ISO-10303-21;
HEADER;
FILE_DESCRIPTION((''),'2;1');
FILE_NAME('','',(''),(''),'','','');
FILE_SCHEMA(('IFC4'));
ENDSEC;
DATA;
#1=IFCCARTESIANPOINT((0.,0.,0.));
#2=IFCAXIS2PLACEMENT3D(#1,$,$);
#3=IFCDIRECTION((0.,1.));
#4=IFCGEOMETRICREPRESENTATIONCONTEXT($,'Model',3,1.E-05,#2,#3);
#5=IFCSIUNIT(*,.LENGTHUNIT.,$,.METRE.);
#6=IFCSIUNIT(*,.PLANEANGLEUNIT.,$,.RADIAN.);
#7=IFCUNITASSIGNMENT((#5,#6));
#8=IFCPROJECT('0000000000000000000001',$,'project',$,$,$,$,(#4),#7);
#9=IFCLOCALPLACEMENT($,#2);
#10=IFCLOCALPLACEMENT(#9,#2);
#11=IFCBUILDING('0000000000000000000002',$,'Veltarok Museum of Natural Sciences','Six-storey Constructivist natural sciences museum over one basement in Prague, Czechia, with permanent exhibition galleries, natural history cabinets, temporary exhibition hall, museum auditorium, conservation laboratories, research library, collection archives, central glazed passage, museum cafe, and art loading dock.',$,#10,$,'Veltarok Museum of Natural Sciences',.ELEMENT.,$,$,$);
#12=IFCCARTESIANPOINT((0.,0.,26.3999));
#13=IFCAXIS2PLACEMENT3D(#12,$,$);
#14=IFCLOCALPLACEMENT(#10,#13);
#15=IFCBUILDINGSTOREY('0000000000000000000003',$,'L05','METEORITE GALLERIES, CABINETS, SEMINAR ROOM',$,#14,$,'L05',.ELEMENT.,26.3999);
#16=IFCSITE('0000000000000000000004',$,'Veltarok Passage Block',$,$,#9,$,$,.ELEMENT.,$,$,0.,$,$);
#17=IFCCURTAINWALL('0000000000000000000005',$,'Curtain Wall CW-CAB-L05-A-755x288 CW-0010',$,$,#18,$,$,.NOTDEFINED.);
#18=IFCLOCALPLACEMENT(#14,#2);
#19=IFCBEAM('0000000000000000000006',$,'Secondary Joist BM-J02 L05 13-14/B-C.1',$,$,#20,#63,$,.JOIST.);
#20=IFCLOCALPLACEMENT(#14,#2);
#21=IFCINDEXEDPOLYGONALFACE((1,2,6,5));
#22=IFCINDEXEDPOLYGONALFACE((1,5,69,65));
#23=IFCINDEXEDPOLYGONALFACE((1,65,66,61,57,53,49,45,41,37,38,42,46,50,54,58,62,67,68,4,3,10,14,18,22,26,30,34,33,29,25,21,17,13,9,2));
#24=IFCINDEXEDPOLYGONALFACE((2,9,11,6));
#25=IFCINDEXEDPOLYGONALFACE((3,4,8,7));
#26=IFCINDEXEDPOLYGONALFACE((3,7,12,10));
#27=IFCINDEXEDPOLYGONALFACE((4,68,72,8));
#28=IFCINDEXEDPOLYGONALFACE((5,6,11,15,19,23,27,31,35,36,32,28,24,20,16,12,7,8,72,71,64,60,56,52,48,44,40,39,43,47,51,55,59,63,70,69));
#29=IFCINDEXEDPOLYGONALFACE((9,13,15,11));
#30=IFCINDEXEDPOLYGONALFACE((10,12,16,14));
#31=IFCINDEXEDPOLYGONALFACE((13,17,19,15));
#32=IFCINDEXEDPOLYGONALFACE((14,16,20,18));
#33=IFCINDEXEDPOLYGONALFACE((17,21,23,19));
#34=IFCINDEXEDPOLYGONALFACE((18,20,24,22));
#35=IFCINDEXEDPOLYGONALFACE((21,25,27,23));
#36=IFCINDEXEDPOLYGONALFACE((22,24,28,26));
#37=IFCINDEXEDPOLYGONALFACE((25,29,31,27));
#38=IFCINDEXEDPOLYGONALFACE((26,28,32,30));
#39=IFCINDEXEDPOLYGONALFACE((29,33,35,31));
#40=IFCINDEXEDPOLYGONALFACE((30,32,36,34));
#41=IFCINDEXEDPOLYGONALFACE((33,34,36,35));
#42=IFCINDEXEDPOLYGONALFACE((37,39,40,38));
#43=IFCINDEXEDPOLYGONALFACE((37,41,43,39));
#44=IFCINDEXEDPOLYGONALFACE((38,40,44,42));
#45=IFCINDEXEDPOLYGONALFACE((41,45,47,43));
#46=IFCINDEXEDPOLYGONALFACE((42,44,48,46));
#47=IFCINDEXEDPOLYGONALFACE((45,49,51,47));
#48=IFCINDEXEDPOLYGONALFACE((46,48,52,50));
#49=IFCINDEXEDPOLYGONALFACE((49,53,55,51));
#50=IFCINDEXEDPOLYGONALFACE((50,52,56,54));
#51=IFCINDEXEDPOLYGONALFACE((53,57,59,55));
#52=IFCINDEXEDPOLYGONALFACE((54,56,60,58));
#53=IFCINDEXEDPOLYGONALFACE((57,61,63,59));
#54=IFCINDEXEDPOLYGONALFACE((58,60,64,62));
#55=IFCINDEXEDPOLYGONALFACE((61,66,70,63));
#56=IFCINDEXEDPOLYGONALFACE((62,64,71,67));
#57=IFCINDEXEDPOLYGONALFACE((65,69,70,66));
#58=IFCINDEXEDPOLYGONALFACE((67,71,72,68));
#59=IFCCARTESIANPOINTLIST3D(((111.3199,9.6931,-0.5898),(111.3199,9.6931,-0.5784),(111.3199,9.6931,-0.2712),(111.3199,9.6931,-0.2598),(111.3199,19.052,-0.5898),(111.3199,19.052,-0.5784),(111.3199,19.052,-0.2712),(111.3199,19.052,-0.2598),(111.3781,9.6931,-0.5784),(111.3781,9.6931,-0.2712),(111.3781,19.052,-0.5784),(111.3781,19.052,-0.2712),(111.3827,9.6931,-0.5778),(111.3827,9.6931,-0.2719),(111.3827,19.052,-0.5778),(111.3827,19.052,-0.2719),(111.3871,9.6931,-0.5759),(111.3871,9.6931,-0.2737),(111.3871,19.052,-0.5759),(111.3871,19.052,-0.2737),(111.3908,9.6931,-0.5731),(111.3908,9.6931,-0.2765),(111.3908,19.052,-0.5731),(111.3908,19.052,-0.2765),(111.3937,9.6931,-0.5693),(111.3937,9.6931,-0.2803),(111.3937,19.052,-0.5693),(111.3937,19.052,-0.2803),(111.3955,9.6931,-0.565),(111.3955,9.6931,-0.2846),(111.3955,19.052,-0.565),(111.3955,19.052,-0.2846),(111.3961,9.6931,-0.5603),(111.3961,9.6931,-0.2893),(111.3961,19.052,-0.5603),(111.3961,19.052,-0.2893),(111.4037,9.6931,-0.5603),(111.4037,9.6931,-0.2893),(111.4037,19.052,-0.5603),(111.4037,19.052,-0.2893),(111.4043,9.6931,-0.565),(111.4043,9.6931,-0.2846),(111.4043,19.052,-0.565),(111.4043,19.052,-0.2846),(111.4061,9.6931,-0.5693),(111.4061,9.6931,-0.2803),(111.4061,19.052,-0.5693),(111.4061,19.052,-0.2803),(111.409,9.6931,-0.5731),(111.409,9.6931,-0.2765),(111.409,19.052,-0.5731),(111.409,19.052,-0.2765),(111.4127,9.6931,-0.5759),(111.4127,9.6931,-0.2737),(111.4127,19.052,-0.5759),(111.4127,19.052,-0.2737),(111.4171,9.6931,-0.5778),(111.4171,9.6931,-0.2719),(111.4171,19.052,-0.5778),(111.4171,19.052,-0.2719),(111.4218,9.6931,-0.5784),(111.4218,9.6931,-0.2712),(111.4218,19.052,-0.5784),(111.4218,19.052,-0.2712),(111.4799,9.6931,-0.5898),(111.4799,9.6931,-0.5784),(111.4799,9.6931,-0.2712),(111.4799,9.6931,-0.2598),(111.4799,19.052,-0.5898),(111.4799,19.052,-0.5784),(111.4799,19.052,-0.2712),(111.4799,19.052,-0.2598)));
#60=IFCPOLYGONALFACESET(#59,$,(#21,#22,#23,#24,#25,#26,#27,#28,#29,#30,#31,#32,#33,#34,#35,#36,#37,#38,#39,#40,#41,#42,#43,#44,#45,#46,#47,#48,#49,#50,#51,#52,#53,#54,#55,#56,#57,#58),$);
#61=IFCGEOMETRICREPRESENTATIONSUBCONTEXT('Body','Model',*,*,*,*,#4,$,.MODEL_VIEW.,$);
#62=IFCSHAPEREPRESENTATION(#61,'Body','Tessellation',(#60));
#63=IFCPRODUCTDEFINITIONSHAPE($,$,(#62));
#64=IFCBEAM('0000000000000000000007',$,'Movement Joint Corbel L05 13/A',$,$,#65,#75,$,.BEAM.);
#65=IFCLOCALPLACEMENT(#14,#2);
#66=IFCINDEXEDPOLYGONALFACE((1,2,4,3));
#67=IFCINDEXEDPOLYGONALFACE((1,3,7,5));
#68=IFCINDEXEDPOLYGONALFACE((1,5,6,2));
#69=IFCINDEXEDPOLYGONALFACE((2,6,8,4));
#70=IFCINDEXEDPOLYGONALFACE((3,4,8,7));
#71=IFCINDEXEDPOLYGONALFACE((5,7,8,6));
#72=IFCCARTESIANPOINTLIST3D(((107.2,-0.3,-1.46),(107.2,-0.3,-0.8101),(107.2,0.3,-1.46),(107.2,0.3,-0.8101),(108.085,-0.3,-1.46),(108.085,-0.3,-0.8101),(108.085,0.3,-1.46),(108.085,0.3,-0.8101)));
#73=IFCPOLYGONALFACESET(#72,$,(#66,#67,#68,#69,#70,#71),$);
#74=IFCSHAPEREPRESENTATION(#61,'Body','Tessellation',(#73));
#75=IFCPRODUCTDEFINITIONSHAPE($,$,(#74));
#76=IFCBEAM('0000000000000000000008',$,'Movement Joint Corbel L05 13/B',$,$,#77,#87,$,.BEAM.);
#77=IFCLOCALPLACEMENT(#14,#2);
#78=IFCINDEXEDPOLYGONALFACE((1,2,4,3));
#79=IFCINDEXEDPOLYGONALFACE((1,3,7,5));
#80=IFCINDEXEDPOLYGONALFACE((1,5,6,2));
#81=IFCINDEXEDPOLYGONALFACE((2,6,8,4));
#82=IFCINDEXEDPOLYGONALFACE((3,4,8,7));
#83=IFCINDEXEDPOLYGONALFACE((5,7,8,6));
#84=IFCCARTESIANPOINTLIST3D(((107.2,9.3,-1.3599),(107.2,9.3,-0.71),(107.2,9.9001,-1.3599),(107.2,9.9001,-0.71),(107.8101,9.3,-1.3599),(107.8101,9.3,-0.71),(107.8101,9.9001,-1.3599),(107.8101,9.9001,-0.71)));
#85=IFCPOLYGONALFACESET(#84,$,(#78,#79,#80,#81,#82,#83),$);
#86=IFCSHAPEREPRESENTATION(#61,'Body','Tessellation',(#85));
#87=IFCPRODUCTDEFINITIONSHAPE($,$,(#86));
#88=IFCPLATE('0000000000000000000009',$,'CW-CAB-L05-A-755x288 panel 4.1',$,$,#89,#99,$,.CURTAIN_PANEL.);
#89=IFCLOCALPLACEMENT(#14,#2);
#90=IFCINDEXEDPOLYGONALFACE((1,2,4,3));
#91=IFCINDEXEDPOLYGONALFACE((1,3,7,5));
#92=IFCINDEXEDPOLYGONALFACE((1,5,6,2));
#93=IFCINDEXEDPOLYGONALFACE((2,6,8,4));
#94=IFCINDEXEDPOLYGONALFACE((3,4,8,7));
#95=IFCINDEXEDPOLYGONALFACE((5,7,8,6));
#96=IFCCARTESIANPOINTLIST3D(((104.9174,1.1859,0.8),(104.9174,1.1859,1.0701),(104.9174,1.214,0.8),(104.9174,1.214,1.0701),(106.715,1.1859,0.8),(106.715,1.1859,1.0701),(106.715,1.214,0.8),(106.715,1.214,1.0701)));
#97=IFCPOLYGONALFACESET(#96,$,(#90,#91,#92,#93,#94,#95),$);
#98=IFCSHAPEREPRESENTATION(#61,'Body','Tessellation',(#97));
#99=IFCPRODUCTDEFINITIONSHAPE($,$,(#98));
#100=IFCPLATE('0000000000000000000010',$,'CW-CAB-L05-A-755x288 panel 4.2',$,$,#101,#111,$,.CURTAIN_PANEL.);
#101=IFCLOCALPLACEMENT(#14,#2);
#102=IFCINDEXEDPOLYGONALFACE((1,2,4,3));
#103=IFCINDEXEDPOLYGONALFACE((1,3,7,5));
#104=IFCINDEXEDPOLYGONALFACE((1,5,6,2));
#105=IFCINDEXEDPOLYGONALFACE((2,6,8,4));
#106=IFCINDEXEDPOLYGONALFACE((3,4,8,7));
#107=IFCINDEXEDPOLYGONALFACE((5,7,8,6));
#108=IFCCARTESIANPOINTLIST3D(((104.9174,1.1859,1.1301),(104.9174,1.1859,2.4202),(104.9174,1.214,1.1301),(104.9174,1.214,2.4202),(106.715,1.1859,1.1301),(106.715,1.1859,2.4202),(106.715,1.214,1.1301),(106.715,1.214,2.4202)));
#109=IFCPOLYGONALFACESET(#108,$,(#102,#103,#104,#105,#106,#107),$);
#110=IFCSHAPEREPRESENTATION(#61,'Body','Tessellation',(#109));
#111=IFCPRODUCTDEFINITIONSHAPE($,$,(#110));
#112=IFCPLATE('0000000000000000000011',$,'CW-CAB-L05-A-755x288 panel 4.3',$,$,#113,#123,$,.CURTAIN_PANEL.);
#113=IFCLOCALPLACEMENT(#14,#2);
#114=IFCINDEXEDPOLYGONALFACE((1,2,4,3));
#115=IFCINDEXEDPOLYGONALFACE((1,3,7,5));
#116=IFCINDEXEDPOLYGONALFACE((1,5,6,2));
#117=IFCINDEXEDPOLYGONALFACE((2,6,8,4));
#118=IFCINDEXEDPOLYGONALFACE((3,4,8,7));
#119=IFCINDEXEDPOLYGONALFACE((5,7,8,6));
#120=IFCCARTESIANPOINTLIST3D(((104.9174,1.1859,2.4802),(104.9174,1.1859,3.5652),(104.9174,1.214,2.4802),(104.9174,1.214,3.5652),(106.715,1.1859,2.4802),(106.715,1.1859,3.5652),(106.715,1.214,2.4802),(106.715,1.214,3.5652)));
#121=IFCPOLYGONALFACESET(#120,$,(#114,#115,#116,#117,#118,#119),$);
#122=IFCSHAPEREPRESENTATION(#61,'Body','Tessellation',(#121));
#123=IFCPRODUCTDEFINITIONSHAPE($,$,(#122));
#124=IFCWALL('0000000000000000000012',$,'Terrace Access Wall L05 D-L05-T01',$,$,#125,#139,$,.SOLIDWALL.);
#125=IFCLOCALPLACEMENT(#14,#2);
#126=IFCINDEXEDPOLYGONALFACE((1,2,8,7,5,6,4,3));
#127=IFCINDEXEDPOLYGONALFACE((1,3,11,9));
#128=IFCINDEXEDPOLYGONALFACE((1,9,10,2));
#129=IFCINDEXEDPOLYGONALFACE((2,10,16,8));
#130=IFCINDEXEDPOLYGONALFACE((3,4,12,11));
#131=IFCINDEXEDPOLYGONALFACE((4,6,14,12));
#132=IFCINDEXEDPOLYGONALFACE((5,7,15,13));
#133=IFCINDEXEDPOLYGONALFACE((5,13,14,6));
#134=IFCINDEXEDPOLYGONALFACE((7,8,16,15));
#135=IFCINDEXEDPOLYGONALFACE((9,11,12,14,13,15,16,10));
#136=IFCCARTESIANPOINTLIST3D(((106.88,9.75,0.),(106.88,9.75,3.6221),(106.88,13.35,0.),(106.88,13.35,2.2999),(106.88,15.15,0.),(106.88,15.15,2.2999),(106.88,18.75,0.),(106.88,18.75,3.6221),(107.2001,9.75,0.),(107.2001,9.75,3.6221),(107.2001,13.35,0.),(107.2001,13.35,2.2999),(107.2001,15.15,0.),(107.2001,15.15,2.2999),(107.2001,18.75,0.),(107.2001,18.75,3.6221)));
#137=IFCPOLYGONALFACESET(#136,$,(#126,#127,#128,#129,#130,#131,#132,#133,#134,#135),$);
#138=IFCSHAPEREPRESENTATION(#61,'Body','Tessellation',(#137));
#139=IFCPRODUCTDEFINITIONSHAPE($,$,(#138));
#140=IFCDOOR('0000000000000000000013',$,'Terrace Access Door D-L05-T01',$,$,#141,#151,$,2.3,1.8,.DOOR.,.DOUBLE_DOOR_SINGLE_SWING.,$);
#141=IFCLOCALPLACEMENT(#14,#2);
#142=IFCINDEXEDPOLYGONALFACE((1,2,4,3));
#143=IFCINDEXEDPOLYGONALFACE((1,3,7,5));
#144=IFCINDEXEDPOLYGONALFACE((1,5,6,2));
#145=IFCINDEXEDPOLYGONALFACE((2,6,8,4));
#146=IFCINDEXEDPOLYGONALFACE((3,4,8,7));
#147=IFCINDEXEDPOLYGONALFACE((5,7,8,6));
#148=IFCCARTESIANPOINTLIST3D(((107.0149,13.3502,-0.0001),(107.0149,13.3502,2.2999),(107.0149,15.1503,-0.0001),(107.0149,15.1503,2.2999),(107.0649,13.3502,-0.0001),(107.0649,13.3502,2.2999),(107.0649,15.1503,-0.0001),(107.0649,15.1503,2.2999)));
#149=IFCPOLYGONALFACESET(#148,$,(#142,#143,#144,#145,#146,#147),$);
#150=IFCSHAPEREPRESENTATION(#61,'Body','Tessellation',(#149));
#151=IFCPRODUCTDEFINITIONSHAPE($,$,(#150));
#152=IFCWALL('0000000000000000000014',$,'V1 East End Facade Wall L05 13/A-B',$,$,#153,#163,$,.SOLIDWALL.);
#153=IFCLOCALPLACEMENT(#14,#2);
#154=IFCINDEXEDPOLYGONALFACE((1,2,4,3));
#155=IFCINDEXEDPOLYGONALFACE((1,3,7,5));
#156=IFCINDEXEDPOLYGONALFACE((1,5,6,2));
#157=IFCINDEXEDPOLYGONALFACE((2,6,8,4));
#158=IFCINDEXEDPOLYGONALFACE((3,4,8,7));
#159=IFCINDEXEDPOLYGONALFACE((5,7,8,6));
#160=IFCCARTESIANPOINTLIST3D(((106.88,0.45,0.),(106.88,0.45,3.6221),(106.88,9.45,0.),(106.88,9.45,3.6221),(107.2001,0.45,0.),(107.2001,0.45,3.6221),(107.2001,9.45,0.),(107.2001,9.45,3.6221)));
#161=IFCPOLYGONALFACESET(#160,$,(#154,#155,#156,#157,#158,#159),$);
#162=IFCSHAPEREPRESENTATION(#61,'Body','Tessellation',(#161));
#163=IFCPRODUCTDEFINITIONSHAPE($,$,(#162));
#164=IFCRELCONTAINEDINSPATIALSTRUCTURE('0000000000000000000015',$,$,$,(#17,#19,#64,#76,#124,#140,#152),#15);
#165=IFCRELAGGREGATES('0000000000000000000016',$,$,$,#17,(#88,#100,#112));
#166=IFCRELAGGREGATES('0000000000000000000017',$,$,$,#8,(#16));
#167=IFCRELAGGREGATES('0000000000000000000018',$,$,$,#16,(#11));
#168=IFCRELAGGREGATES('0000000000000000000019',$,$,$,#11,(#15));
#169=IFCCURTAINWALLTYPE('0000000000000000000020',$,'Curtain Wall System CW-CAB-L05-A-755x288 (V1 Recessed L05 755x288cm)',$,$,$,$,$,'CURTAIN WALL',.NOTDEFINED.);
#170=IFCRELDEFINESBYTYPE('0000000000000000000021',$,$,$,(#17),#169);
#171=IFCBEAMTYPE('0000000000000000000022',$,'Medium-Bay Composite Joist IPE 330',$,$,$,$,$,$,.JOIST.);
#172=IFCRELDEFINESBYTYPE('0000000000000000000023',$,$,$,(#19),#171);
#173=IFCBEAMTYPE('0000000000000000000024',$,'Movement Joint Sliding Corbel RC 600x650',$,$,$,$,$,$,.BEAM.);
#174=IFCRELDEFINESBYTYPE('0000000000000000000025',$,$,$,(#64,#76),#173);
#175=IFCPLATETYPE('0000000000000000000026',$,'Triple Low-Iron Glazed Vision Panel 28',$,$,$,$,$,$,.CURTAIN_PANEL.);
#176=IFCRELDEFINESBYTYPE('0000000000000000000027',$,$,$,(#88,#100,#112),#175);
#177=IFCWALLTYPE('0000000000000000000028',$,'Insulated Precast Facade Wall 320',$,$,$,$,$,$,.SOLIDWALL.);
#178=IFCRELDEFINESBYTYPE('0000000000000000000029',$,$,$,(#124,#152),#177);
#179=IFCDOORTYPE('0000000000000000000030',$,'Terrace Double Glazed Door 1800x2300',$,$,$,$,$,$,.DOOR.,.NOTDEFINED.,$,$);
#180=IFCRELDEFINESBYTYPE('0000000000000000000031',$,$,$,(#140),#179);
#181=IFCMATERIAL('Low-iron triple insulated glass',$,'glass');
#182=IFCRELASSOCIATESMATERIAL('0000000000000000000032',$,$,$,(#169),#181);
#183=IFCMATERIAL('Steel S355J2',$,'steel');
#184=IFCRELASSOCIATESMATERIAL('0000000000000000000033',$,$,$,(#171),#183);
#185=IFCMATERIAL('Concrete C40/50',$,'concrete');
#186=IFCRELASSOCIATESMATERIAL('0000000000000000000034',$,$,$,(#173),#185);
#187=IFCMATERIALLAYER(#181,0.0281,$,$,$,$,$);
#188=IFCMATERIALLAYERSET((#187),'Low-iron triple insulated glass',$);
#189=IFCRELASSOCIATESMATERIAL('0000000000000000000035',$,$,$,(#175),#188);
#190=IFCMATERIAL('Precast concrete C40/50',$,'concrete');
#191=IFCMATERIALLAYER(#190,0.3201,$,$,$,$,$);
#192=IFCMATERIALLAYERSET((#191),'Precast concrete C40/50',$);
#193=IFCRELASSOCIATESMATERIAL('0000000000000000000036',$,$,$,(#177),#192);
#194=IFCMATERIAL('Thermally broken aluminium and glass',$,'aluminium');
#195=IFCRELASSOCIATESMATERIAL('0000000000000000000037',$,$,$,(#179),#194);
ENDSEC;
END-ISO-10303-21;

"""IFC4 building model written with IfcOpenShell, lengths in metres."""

from ifc_helpers import new_model, si_unit, direction, frame, frame_2d, origin, origin_2d, place, context, subcontext, project, spatial, rectangle, i_section, extrude, material, layer, layer_set, material_profile, profile_set, type_object, element, fill, aggregate, save


model = new_model("IFC4")

# Units and contexts
model_context = context("Model", 3, precision=1e-05, world=origin(), true_north=direction((0.0, 1.0)))
body_context = subcontext(model_context, "Body", "Model", "MODEL_VIEW")
ifc_project = project(units=[si_unit("LENGTHUNIT", "METRE"), si_unit("PLANEANGLEUNIT", "RADIAN")], contexts=[model_context])

# Site, building, storey
site_placement = place(None, origin())
site = spatial("IfcSite", under=ifc_project, at=site_placement, Name="Veltarok Passage Block", CompositionType="ELEMENT", RefElevation=0.0)
building_placement = place(site_placement, origin())
building = spatial("IfcBuilding", under=site, at=building_placement, Name="Veltarok Museum of Natural Sciences", Description="Six-storey Constructivist natural sciences museum over one basement in Prague, Czechia, with permanent exhibition galleries, natural history cabinets, temporary exhibition hall, museum auditorium, conservation laboratories, research library, collection archives, central glazed passage, museum cafe, and art loading dock.", LongName="Veltarok Museum of Natural Sciences", CompositionType="ELEMENT")
storey_placement = place(building_placement, frame((0.0, 0.0, 26.3999)))
storey = spatial("IfcBuildingStorey", under=building, at=storey_placement, Name="L05", Description="METEORITE GALLERIES, CABINETS, SEMINAR ROOM", LongName="L05", CompositionType="ELEMENT", Elevation=26.3999)

# Shared definitions
ifc_material_1 = material(Name="Concrete C40/50", Category="concrete")
ifc_material_2 = material(Name="Steel S355J2", Category="steel")

# Curtain wall
ifc_material_3 = material(Name="Low-iron triple insulated glass", Category="glass")
curtain_wall_type = type_object("IfcCurtainWallType", Name="Curtain Wall System CW-CAB-L05-A-755x288 (V1 Recessed L05 755x288cm)", ElementType="CURTAIN WALL", PredefinedType="NOTDEFINED", material=ifc_material_3)
curtain_wall_placement = place(storey_placement, origin())
curtain_wall = element("IfcCurtainWall", 1, at=curtain_wall_placement, inside=storey, type_object=curtain_wall_type, Name="Curtain Wall CW-CAB-L05-A-755x288 CW-0010", PredefinedType="NOTDEFINED")

# Beams
ifc_material_4 = material(Name="Precast concrete C40/50", Category="concrete")
ifc_material_profile_1 = material_profile(ifc_material_2, i_section(OverallWidth=0.1599, OverallDepth=0.3301, WebThickness=0.0076, FlangeThickness=0.0115, FilletRadius=0.0181, at=origin_2d()), Name="IPE 330")
ifc_profile_set_1 = profile_set([ifc_material_profile_1], Name="Steel S355J2")
beam_type_1 = type_object("IfcBeamType", Name="Medium-Bay Composite Joist IPE 330", PredefinedType="JOIST", material=ifc_profile_set_1)
beam_1_placement = place(storey_placement, frame((111.3999, 9.6931, -0.4248), z_axis=(0.0, 1.0, 0.0), x_axis=(-1.0, 0.0, 0.0)))
element("IfcBeam", 2, at=beam_1_placement, inside=storey, type_object=beam_type_1, Name="Secondary Joist BM-J02 L05 13-14/B-C.1", PredefinedType="JOIST", context=body_context, shape_type="SweptSolid", body=[
    extrude(i_section(OverallWidth=0.1599, OverallDepth=0.3301, WebThickness=0.0076, FlangeThickness=0.0115, FilletRadius=0.0181, at=origin_2d()), origin(), (0.0, 0.0, 1.0), 9.3589),
])
ifc_material_profile_2 = material_profile(ifc_material_1, rectangle(XDim=0.6001, YDim=0.6499, at=origin_2d()), Name="RC 600x650")
ifc_profile_set_2 = profile_set([ifc_material_profile_2], Name="Concrete C40/50")
beam_type_2 = type_object("IfcBeamType", Name="Movement Joint Sliding Corbel RC 600x650", PredefinedType="BEAM", material=ifc_profile_set_2)
beam_2_placement = place(storey_placement, frame((107.2, 0.0, -1.135), z_axis=(1.0, 0.0, 0.0), x_axis=(0.0, 1.0, 0.0)))
element("IfcBeam", 3, at=beam_2_placement, inside=storey, type_object=beam_type_2, Name="Movement Joint Corbel L05 13/A", PredefinedType="BEAM", context=body_context, shape_type="SweptSolid", body=[
    extrude(rectangle(XDim=0.6001, YDim=0.6499, at=origin_2d()), origin(), (0.0, 0.0, 1.0), 0.885),
])
beam_3_placement = place(storey_placement, frame((107.2, 9.6001, -1.0349), z_axis=(1.0, 0.0, 0.0), x_axis=(0.0, 1.0, 0.0)))
element("IfcBeam", 4, at=beam_3_placement, inside=storey, type_object=beam_type_2, Name="Movement Joint Corbel L05 13/B", PredefinedType="BEAM", context=body_context, shape_type="SweptSolid", body=[
    extrude(rectangle(XDim=0.6001, YDim=0.6499, at=origin_2d()), origin(), (0.0, 0.0, 1.0), 0.6101),
])

# Plates
ifc_layer_1 = layer(ifc_material_3, 0.0281)
ifc_layer_set_1 = layer_set([ifc_layer_1], Name="Low-iron triple insulated glass")
plate_type = type_object("IfcPlateType", Name="Triple Low-Iron Glazed Vision Panel 28", PredefinedType="CURTAIN_PANEL", material=ifc_layer_set_1)
plate_1_placement = place(storey_placement, frame((105.8162, 1.2, 0.8), z_axis=(0.0, 0.0, 1.0), x_axis=(1.0, 0.0, 0.0)))
plate_1 = element("IfcPlate", 5, at=plate_1_placement, type_object=plate_type, Name="CW-CAB-L05-A-755x288 panel 4.1", PredefinedType="CURTAIN_PANEL", context=body_context, shape_type="SweptSolid", body=[
    extrude(rectangle(XDim=1.7976, YDim=0.0281, at=origin_2d()), origin(), (0.0, 0.0, 1.0), 0.27),
])
plate_2_placement = place(storey_placement, frame((105.8162, 1.2, 1.1301), z_axis=(0.0, 0.0, 1.0), x_axis=(1.0, 0.0, 0.0)))
plate_2 = element("IfcPlate", 6, at=plate_2_placement, type_object=plate_type, Name="CW-CAB-L05-A-755x288 panel 4.2", PredefinedType="CURTAIN_PANEL", context=body_context, shape_type="SweptSolid", body=[
    extrude(rectangle(XDim=1.7976, YDim=0.0281, at=origin_2d()), origin(), (0.0, 0.0, 1.0), 1.29),
])
plate_3_placement = place(storey_placement, frame((105.8162, 1.2, 2.4802), z_axis=(0.0, 0.0, 1.0), x_axis=(1.0, 0.0, 0.0)))
plate_3 = element("IfcPlate", 7, at=plate_3_placement, type_object=plate_type, Name="CW-CAB-L05-A-755x288 panel 4.3", PredefinedType="CURTAIN_PANEL", context=body_context, shape_type="SweptSolid", body=[
    extrude(rectangle(XDim=1.7976, YDim=0.0281, at=origin_2d()), origin(), (0.0, 0.0, 1.0), 1.085),
])
aggregate(curtain_wall, [plate_1, plate_2, plate_3])

# Wall, opening, door
ifc_layer_2 = layer(ifc_material_4, 0.3201)
ifc_layer_set_2 = layer_set([ifc_layer_2], Name="Precast concrete C40/50")
wall_type = type_object("IfcWallType", Name="Insulated Precast Facade Wall 320", PredefinedType="SOLIDWALL", material=ifc_layer_set_2)
wall_1_placement = place(storey_placement, frame((107.04, 9.75, 0.0), z_axis=(0.0, 0.0, 1.0), x_axis=(0.0, 1.0, 0.0)))
wall_1 = element("IfcWall", 8, at=wall_1_placement, inside=storey, type_object=wall_type, Name="Terrace Access Wall L05 D-L05-T01", PredefinedType="SOLIDWALL", context=body_context, shape_type="SweptSolid", body=[
    extrude(rectangle(XDim=9.0, YDim=0.3201, at=frame_2d((4.5, 0.0))), origin(), (0.0, 0.0, 1.0), 3.6221),
])
opening_placement = place(wall_1_placement, frame((3.6001, 0.0, 0.0)))
opening = element("IfcOpeningElement", 9, at=opening_placement, cuts=wall_1, PredefinedType="OPENING", context=body_context, shape_type="SweptSolid", body=[
    extrude(rectangle(XDim=1.8, YDim=2.3, at=frame_2d((0.8999, 1.1499))), frame((0.0, 0.1699, 0.0), z_axis=(0.0, -1.0, 0.0), x_axis=(1.0, 0.0, 0.0)), (0.0, 0.0, 1.0), 0.3401),
])
ifc_material_5 = material(Name="Thermally broken aluminium and glass", Category="aluminium")
door_type = type_object("IfcDoorType", Name="Terrace Double Glazed Door 1800x2300", OperationType="NOTDEFINED", PredefinedType="DOOR", material=ifc_material_5)
door_placement = place(opening_placement, frame((1.8, 0.0, 0.0), z_axis=(0.0, 0.0, 1.0), x_axis=(-1.0, 0.0, 0.0)))
door = element("IfcDoor", 10, at=door_placement, inside=storey, type_object=door_type, Name="Terrace Access Door D-L05-T01", OperationType="DOUBLE_DOOR_SINGLE_SWING", OverallHeight=2.3, OverallWidth=1.8, PredefinedType="DOOR", context=body_context, shape_type="SweptSolid", body=[
    extrude(rectangle(XDim=1.8, YDim=2.3, at=frame_2d((0.8999, 1.1499))), frame((0.0, 0.0249, 0.0), z_axis=(0.0, -1.0, 0.0), x_axis=(1.0, 0.0, 0.0)), (0.0, 0.0, 1.0), 0.05),
])
fill(opening, door)

# Wall
wall_2_placement = place(storey_placement, frame((107.04, 0.45, 0.0), z_axis=(0.0, 0.0, 1.0), x_axis=(0.0, 1.0, 0.0)))
element("IfcWall", 11, at=wall_2_placement, inside=storey, type_object=wall_type, Name="V1 East End Facade Wall L05 13/A-B", PredefinedType="SOLIDWALL", context=body_context, shape_type="SweptSolid", body=[
    extrude(rectangle(XDim=9.0, YDim=0.3201, at=frame_2d((4.5, 0.0))), origin(), (0.0, 0.0, 1.0), 3.6221),
])

save(model, "model.ifc")
